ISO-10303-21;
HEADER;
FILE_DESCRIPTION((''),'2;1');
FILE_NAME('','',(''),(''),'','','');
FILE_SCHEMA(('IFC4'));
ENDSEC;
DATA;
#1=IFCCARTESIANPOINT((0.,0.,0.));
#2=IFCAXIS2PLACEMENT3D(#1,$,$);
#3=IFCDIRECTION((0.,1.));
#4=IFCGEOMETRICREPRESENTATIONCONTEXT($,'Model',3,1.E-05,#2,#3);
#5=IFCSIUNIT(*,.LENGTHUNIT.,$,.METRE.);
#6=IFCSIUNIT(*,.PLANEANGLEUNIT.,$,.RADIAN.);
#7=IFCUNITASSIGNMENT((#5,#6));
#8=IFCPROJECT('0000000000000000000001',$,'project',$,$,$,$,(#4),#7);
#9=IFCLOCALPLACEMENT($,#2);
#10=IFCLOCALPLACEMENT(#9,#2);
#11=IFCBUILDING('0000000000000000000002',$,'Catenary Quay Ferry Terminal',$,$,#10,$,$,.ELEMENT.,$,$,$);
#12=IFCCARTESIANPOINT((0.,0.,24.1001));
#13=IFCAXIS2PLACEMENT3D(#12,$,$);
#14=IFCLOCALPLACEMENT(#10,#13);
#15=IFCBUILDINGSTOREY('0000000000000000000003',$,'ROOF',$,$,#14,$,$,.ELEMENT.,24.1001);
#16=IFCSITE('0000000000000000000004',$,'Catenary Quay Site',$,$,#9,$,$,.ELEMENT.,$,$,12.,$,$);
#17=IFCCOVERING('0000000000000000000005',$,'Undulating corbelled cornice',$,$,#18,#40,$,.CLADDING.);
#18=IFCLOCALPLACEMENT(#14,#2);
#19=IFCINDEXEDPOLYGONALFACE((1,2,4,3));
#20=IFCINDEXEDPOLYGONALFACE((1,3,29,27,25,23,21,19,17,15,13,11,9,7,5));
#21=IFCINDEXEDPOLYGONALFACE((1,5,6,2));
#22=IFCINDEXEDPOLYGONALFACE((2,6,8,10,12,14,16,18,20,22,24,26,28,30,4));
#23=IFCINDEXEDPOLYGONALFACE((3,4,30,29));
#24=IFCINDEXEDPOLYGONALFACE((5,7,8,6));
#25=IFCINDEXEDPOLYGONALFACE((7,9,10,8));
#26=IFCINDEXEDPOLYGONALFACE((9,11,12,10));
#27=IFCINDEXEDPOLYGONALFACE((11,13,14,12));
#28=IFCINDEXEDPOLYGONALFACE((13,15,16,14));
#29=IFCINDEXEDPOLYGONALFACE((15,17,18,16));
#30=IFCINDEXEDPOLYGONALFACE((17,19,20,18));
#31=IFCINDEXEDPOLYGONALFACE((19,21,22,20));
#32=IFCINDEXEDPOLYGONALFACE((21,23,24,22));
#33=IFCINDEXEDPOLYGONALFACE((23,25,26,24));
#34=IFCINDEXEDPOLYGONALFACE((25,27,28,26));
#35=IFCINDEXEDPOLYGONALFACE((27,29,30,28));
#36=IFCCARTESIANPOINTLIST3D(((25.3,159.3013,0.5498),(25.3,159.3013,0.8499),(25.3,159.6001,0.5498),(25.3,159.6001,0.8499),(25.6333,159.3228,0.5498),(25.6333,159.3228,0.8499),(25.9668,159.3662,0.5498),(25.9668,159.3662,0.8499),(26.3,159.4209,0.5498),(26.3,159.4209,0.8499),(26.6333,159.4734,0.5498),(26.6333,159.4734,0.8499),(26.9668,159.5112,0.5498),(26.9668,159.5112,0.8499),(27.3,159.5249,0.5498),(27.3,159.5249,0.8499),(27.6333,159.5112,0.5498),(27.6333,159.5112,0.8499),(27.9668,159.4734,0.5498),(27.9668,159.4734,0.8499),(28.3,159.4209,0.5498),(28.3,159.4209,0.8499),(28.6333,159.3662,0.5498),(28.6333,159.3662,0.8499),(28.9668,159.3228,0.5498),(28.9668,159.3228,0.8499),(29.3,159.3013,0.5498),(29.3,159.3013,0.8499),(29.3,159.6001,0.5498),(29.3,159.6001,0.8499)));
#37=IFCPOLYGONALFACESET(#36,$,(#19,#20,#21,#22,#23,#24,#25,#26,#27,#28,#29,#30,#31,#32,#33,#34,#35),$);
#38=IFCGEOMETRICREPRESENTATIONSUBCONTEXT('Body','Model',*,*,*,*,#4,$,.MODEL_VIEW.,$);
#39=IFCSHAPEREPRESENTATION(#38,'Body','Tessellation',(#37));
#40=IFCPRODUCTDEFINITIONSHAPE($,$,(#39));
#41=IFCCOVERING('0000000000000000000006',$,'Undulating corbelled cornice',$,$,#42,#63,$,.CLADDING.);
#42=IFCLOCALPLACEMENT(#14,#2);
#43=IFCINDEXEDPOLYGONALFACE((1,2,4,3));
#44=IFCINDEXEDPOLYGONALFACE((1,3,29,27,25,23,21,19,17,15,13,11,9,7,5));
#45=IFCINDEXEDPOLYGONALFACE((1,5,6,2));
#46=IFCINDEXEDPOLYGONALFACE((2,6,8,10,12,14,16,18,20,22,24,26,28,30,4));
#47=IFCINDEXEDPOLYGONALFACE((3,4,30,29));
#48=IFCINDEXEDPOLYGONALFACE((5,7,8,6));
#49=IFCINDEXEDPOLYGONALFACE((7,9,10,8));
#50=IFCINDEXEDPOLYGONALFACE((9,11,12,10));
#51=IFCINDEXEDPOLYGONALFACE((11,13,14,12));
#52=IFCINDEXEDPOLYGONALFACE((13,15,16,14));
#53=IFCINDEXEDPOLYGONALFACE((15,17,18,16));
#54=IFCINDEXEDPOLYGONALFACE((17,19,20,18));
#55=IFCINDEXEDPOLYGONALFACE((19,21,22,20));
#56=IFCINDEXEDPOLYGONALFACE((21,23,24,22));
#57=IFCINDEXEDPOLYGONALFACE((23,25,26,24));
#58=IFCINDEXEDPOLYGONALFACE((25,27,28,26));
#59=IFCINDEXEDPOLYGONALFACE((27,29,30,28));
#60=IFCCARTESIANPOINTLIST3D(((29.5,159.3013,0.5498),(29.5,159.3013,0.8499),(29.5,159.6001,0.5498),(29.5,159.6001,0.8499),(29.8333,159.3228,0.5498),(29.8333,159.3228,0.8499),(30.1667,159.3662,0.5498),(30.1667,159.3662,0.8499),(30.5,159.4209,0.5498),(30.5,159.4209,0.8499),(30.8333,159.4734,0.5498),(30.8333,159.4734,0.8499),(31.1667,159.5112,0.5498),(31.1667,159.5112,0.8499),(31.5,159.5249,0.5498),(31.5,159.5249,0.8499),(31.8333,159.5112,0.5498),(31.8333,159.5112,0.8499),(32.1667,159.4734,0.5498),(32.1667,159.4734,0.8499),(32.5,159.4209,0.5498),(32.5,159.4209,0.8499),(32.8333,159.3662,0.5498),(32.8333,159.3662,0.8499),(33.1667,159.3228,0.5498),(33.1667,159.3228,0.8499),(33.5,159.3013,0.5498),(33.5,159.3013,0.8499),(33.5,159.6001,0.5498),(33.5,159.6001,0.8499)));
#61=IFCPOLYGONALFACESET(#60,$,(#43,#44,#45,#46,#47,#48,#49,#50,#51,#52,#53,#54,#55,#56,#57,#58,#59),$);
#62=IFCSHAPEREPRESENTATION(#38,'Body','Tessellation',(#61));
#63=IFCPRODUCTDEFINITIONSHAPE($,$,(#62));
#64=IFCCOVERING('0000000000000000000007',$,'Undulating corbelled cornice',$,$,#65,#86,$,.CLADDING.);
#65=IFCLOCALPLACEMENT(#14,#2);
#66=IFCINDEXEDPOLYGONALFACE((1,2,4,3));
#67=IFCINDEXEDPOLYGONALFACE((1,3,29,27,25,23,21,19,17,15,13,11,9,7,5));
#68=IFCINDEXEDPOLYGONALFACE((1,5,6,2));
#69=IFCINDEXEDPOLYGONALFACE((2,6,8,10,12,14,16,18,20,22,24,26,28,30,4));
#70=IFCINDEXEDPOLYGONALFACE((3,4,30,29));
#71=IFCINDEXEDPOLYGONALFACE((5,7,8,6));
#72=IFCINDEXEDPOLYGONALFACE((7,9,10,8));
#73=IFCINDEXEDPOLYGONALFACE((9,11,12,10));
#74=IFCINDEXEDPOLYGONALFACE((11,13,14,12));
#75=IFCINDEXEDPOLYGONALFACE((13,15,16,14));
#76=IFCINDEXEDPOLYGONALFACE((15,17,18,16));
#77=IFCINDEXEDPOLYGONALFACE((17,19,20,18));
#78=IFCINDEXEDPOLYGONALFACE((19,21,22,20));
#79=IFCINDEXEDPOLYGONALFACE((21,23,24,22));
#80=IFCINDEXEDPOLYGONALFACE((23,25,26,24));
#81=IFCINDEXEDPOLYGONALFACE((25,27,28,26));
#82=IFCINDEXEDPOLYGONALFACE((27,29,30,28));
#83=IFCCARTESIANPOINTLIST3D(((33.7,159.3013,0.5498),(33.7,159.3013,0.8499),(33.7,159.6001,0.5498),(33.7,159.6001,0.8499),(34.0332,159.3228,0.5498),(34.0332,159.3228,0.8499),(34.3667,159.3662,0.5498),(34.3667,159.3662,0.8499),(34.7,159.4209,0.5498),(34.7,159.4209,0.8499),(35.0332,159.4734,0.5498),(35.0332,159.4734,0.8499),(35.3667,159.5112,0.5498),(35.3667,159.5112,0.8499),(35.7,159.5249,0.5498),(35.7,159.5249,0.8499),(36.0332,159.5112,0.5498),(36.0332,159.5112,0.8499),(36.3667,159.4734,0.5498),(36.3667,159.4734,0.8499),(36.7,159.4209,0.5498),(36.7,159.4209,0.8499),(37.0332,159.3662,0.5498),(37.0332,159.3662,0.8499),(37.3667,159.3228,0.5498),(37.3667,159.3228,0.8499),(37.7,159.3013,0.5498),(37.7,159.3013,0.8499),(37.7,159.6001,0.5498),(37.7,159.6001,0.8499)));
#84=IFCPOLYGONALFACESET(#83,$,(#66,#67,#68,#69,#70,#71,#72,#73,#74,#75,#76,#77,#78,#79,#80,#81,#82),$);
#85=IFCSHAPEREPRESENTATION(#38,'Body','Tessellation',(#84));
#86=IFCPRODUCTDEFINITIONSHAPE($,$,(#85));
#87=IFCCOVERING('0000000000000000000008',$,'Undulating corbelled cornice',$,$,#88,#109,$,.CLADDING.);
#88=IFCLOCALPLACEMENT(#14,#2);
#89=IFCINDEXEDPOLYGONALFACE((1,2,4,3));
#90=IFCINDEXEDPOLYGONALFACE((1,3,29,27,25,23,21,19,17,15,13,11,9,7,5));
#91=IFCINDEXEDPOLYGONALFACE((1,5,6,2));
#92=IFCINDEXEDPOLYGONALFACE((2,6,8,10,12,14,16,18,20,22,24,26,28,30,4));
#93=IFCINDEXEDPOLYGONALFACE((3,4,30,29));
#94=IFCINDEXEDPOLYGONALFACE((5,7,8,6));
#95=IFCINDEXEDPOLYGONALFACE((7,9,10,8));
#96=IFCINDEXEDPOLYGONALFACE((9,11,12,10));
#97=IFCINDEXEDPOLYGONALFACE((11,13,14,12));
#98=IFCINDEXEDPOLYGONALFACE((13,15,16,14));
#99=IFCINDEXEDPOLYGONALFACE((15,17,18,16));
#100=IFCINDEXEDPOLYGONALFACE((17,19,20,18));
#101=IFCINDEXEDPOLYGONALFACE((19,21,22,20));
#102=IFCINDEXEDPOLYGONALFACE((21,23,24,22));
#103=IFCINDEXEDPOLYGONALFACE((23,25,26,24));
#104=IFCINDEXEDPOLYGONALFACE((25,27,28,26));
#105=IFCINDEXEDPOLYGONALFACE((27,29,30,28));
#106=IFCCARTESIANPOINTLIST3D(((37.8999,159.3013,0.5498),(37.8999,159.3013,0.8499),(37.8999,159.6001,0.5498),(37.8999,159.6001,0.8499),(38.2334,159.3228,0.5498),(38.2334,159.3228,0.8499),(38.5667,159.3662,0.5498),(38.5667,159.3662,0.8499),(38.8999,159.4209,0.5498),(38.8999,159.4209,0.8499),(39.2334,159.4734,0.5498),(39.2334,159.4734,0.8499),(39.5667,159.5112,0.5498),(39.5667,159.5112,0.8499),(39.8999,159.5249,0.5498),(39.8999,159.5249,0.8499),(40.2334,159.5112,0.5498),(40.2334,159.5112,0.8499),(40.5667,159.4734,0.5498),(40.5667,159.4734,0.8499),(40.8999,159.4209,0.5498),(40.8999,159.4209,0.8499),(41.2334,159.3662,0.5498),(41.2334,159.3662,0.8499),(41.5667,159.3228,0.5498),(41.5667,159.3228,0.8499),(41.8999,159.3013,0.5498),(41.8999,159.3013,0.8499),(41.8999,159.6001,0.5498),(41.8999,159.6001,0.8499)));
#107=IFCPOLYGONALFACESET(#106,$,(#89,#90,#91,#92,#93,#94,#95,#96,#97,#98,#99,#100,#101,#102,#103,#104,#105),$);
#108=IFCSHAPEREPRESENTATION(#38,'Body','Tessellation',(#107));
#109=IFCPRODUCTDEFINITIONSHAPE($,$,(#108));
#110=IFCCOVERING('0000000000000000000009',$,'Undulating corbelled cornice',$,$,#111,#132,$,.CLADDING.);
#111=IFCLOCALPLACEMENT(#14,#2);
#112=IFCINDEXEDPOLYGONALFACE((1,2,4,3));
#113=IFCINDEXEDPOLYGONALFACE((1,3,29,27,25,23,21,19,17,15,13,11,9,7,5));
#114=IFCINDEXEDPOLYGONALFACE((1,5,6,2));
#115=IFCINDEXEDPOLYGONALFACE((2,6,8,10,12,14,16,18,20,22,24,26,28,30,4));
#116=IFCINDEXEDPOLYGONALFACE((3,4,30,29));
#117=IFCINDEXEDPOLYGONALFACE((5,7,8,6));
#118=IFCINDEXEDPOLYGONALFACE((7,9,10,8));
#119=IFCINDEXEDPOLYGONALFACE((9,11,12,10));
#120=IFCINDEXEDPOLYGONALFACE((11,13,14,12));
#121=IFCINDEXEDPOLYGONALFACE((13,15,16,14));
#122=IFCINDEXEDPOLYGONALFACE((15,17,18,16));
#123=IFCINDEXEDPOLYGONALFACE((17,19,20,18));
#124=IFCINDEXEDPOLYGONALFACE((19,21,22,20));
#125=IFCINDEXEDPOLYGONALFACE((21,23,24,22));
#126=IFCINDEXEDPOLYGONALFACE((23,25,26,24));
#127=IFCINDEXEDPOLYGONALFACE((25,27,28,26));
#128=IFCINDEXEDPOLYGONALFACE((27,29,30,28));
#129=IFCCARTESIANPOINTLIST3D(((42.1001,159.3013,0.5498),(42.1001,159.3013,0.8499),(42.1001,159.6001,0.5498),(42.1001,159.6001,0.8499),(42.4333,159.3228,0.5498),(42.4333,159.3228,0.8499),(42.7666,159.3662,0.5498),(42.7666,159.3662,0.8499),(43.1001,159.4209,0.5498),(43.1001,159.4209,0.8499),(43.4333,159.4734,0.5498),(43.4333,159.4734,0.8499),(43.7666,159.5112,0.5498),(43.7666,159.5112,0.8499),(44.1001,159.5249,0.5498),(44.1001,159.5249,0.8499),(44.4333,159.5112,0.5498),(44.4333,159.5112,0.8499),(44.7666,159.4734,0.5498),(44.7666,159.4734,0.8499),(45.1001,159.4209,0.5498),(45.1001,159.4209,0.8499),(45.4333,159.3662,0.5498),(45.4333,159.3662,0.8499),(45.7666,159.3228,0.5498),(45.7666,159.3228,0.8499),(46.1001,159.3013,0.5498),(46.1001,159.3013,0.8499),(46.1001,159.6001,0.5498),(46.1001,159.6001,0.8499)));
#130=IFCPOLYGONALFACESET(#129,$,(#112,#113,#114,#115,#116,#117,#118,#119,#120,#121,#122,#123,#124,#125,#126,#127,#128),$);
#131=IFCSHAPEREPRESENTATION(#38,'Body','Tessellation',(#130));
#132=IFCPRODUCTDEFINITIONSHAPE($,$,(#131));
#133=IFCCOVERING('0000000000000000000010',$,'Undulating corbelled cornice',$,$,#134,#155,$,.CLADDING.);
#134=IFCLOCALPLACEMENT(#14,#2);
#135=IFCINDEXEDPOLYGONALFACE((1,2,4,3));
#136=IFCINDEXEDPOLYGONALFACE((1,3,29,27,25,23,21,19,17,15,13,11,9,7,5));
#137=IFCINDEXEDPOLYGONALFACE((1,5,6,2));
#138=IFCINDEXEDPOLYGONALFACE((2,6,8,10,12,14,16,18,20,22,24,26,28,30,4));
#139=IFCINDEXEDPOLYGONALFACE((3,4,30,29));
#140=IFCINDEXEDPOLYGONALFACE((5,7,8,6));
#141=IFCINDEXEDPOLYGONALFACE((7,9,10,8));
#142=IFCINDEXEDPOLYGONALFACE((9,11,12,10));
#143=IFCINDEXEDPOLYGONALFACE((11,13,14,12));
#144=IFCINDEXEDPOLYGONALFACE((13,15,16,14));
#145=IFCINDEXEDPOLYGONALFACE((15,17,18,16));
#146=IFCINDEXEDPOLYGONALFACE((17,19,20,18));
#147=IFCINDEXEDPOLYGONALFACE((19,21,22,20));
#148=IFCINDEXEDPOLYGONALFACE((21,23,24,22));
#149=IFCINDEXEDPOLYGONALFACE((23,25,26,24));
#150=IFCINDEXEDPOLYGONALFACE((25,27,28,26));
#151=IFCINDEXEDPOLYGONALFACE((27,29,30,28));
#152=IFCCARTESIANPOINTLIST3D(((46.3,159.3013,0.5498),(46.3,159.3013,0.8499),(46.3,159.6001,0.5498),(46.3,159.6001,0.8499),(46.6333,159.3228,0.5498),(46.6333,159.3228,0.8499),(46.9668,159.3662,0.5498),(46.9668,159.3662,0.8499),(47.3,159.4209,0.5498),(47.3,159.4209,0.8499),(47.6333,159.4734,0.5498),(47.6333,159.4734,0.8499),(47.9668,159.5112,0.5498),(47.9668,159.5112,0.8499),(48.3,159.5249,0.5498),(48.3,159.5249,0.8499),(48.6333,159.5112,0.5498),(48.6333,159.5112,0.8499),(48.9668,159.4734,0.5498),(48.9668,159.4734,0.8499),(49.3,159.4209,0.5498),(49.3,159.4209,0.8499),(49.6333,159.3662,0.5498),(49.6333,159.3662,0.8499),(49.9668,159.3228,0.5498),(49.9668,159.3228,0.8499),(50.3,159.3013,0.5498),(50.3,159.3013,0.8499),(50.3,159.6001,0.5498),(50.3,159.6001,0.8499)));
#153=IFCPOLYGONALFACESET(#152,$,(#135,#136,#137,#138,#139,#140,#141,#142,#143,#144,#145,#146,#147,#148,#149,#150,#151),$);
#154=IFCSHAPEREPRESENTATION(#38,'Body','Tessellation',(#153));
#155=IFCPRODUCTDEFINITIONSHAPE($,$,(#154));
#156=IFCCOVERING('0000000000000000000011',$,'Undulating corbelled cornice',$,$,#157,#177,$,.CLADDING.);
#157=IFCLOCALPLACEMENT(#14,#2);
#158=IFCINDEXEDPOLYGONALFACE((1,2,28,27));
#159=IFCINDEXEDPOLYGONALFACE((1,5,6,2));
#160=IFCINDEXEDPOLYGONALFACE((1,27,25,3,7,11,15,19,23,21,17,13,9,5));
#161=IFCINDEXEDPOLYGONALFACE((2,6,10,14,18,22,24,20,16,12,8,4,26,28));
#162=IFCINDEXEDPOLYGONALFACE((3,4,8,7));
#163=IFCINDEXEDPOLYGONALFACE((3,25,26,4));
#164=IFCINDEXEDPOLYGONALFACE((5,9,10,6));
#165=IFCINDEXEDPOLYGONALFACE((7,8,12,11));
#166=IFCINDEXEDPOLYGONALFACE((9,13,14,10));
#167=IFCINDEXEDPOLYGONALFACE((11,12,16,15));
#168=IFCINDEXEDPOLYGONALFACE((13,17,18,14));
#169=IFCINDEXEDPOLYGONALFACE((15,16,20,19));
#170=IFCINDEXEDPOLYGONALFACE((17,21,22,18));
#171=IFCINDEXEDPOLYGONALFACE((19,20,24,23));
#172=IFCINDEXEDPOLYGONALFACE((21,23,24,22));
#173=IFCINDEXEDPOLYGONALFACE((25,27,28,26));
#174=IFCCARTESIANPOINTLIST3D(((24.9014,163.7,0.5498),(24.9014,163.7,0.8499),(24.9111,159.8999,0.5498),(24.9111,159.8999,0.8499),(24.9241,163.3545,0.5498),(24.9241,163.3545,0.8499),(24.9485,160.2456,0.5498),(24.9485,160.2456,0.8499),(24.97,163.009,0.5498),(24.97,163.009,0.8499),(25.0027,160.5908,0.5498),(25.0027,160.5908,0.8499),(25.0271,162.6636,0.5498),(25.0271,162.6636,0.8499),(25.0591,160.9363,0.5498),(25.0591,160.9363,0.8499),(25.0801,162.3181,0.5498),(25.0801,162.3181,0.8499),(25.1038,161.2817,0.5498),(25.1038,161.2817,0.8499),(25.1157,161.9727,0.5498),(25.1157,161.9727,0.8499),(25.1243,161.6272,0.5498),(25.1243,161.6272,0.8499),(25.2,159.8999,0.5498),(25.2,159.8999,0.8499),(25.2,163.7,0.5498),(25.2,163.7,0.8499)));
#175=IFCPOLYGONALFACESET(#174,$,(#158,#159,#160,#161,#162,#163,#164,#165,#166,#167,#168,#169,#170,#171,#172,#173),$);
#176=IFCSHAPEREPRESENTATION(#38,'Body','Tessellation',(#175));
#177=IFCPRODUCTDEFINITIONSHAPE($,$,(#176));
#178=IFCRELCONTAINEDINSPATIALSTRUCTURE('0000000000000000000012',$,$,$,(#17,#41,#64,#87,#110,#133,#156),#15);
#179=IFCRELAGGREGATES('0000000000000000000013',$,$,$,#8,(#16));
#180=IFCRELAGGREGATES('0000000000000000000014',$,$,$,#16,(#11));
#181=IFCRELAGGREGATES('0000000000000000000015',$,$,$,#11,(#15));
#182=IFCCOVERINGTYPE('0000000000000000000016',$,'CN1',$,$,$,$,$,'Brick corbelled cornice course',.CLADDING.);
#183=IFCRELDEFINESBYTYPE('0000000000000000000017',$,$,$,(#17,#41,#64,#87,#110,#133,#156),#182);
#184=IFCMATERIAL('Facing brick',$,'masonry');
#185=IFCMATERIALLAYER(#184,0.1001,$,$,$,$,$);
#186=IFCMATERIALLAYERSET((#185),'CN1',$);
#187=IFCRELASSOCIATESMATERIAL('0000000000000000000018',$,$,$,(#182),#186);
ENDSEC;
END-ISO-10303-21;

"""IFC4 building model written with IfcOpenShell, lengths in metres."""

from ifc_helpers import new_model, si_unit, direction, frame, origin, place, context, subcontext, project, spatial, polyline, outline, extrude, material, layer, layer_set, type_object, element, save


model = new_model("IFC4")

# Units and contexts
model_context = context("Model", 3, precision=1e-05, world=origin(), true_north=direction((0.0, 1.0)))
body_context = subcontext(model_context, "Body", "Model", "MODEL_VIEW")
ifc_project = project(units=[si_unit("LENGTHUNIT", "METRE"), si_unit("PLANEANGLEUNIT", "RADIAN")], contexts=[model_context])

# Site, building, storey
site_placement = place(None, origin())
site = spatial("IfcSite", under=ifc_project, at=site_placement, Name="Catenary Quay Site", CompositionType="ELEMENT", RefElevation=12.0)
building_placement = place(site_placement, origin())
building = spatial("IfcBuilding", under=site, at=building_placement, Name="Catenary Quay Ferry Terminal", CompositionType="ELEMENT")
storey_placement = place(building_placement, frame((0.0, 0.0, 24.1001)))
storey = spatial("IfcBuildingStorey", under=building, at=storey_placement, Name="ROOF", CompositionType="ELEMENT", Elevation=24.1001)

# Coverings
ifc_material_1 = material(Name="Facing brick", Category="masonry")
ifc_layer_1 = layer(ifc_material_1, 0.1001)
ifc_layer_set_1 = layer_set([ifc_layer_1], Name="CN1")
covering_type_1 = type_object("IfcCoveringType", Name="CN1", ElementType="Brick corbelled cornice course", PredefinedType="CLADDING", material=ifc_layer_set_1)
covering_1_placement = place(storey_placement, frame((0.0, 0.0, 0.5498)))
element("IfcCovering", 1, at=covering_1_placement, inside=storey, type_object=covering_type_1, Name="Undulating corbelled cornice", PredefinedType="CLADDING", context=body_context, shape_type="SweptSolid", body=[
    extrude(outline(polyline([(25.3, 159.6001), (25.3, 159.3013), (25.6333, 159.3228), (25.9668, 159.3662), (26.3, 159.4209), (26.6333, 159.4734), (26.9668, 159.5112), (27.3, 159.5249), (27.6333, 159.5112), (27.9668, 159.4734), (28.3, 159.4209), (28.6333, 159.3662), (28.9668, 159.3228), (29.3, 159.3013), (29.3, 159.6001), (25.3, 159.6001)])), origin(), (0.0, 0.0, 1.0), 0.3),
])
covering_2_placement = place(storey_placement, frame((0.0, 0.0, 0.5498)))
element("IfcCovering", 2, at=covering_2_placement, inside=storey, type_object=covering_type_1, Name="Undulating corbelled cornice", PredefinedType="CLADDING", context=body_context, shape_type="SweptSolid", body=[
    extrude(outline(polyline([(29.5, 159.6001), (29.5, 159.3013), (29.8333, 159.3228), (30.1667, 159.3662), (30.5, 159.4209), (30.8333, 159.4734), (31.1667, 159.5112), (31.5, 159.5249), (31.8333, 159.5112), (32.1667, 159.4734), (32.5, 159.4209), (32.8333, 159.3662), (33.1667, 159.3228), (33.5, 159.3013), (33.5, 159.6001), (29.5, 159.6001)])), origin(), (0.0, 0.0, 1.0), 0.3),
])
covering_3_placement = place(storey_placement, frame((0.0, 0.0, 0.5498)))
element("IfcCovering", 3, at=covering_3_placement, inside=storey, type_object=covering_type_1, Name="Undulating corbelled cornice", PredefinedType="CLADDING", context=body_context, shape_type="SweptSolid", body=[
    extrude(outline(polyline([(33.7, 159.6001), (33.7, 159.3013), (34.0332, 159.3228), (34.3667, 159.3662), (34.7, 159.4209), (35.0332, 159.4734), (35.3667, 159.5112), (35.7, 159.5249), (36.0332, 159.5112), (36.3667, 159.4734), (36.7, 159.4209), (37.0332, 159.3662), (37.3667, 159.3228), (37.7, 159.3013), (37.7, 159.6001), (33.7, 159.6001)])), origin(), (0.0, 0.0, 1.0), 0.3),
])
covering_4_placement = place(storey_placement, frame((0.0, 0.0, 0.5498)))
element("IfcCovering", 4, at=covering_4_placement, inside=storey, type_object=covering_type_1, Name="Undulating corbelled cornice", PredefinedType="CLADDING", context=body_context, shape_type="SweptSolid", body=[
    extrude(outline(polyline([(37.8999, 159.6001), (37.8999, 159.3013), (38.2334, 159.3228), (38.5667, 159.3662), (38.8999, 159.4209), (39.2334, 159.4734), (39.5667, 159.5112), (39.8999, 159.5249), (40.2334, 159.5112), (40.5667, 159.4734), (40.8999, 159.4209), (41.2334, 159.3662), (41.5667, 159.3228), (41.8999, 159.3013), (41.8999, 159.6001), (37.8999, 159.6001)])), origin(), (0.0, 0.0, 1.0), 0.3),
])
covering_5_placement = place(storey_placement, frame((0.0, 0.0, 0.5498)))
element("IfcCovering", 5, at=covering_5_placement, inside=storey, type_object=covering_type_1, Name="Undulating corbelled cornice", PredefinedType="CLADDING", context=body_context, shape_type="SweptSolid", body=[
    extrude(outline(polyline([(42.1001, 159.6001), (42.1001, 159.3013), (42.4333, 159.3228), (42.7666, 159.3662), (43.1001, 159.4209), (43.4333, 159.4734), (43.7666, 159.5112), (44.1001, 159.5249), (44.4333, 159.5112), (44.7666, 159.4734), (45.1001, 159.4209), (45.4333, 159.3662), (45.7666, 159.3228), (46.1001, 159.3013), (46.1001, 159.6001), (42.1001, 159.6001)])), origin(), (0.0, 0.0, 1.0), 0.3),
])
covering_6_placement = place(storey_placement, frame((0.0, 0.0, 0.5498)))
element("IfcCovering", 6, at=covering_6_placement, inside=storey, type_object=covering_type_1, Name="Undulating corbelled cornice", PredefinedType="CLADDING", context=body_context, shape_type="SweptSolid", body=[
    extrude(outline(polyline([(46.3, 159.6001), (46.3, 159.3013), (46.6333, 159.3228), (46.9668, 159.3662), (47.3, 159.4209), (47.6333, 159.4734), (47.9668, 159.5112), (48.3, 159.5249), (48.6333, 159.5112), (48.9668, 159.4734), (49.3, 159.4209), (49.6333, 159.3662), (49.9668, 159.3228), (50.3, 159.3013), (50.3, 159.6001), (46.3, 159.6001)])), origin(), (0.0, 0.0, 1.0), 0.3),
])
covering_7_placement = place(storey_placement, frame((0.0, 0.0, 0.5498)))
element("IfcCovering", 7, at=covering_7_placement, inside=storey, type_object=covering_type_1, Name="Undulating corbelled cornice", PredefinedType="CLADDING", context=body_context, shape_type="SweptSolid", body=[
    extrude(outline(polyline([(25.2, 159.8999), (24.9111, 159.8999), (24.9485, 160.2456), (25.0027, 160.5908), (25.0591, 160.9363), (25.1038, 161.2817), (25.1243, 161.6272), (25.1157, 161.9727), (25.0801, 162.3181), (25.0271, 162.6636), (24.97, 163.009), (24.9241, 163.3545), (24.9014, 163.7), (25.2, 163.7), (25.2, 159.8999)])), origin(), (0.0, 0.0, 1.0), 0.3),
])

save(model, "model.ifc")
